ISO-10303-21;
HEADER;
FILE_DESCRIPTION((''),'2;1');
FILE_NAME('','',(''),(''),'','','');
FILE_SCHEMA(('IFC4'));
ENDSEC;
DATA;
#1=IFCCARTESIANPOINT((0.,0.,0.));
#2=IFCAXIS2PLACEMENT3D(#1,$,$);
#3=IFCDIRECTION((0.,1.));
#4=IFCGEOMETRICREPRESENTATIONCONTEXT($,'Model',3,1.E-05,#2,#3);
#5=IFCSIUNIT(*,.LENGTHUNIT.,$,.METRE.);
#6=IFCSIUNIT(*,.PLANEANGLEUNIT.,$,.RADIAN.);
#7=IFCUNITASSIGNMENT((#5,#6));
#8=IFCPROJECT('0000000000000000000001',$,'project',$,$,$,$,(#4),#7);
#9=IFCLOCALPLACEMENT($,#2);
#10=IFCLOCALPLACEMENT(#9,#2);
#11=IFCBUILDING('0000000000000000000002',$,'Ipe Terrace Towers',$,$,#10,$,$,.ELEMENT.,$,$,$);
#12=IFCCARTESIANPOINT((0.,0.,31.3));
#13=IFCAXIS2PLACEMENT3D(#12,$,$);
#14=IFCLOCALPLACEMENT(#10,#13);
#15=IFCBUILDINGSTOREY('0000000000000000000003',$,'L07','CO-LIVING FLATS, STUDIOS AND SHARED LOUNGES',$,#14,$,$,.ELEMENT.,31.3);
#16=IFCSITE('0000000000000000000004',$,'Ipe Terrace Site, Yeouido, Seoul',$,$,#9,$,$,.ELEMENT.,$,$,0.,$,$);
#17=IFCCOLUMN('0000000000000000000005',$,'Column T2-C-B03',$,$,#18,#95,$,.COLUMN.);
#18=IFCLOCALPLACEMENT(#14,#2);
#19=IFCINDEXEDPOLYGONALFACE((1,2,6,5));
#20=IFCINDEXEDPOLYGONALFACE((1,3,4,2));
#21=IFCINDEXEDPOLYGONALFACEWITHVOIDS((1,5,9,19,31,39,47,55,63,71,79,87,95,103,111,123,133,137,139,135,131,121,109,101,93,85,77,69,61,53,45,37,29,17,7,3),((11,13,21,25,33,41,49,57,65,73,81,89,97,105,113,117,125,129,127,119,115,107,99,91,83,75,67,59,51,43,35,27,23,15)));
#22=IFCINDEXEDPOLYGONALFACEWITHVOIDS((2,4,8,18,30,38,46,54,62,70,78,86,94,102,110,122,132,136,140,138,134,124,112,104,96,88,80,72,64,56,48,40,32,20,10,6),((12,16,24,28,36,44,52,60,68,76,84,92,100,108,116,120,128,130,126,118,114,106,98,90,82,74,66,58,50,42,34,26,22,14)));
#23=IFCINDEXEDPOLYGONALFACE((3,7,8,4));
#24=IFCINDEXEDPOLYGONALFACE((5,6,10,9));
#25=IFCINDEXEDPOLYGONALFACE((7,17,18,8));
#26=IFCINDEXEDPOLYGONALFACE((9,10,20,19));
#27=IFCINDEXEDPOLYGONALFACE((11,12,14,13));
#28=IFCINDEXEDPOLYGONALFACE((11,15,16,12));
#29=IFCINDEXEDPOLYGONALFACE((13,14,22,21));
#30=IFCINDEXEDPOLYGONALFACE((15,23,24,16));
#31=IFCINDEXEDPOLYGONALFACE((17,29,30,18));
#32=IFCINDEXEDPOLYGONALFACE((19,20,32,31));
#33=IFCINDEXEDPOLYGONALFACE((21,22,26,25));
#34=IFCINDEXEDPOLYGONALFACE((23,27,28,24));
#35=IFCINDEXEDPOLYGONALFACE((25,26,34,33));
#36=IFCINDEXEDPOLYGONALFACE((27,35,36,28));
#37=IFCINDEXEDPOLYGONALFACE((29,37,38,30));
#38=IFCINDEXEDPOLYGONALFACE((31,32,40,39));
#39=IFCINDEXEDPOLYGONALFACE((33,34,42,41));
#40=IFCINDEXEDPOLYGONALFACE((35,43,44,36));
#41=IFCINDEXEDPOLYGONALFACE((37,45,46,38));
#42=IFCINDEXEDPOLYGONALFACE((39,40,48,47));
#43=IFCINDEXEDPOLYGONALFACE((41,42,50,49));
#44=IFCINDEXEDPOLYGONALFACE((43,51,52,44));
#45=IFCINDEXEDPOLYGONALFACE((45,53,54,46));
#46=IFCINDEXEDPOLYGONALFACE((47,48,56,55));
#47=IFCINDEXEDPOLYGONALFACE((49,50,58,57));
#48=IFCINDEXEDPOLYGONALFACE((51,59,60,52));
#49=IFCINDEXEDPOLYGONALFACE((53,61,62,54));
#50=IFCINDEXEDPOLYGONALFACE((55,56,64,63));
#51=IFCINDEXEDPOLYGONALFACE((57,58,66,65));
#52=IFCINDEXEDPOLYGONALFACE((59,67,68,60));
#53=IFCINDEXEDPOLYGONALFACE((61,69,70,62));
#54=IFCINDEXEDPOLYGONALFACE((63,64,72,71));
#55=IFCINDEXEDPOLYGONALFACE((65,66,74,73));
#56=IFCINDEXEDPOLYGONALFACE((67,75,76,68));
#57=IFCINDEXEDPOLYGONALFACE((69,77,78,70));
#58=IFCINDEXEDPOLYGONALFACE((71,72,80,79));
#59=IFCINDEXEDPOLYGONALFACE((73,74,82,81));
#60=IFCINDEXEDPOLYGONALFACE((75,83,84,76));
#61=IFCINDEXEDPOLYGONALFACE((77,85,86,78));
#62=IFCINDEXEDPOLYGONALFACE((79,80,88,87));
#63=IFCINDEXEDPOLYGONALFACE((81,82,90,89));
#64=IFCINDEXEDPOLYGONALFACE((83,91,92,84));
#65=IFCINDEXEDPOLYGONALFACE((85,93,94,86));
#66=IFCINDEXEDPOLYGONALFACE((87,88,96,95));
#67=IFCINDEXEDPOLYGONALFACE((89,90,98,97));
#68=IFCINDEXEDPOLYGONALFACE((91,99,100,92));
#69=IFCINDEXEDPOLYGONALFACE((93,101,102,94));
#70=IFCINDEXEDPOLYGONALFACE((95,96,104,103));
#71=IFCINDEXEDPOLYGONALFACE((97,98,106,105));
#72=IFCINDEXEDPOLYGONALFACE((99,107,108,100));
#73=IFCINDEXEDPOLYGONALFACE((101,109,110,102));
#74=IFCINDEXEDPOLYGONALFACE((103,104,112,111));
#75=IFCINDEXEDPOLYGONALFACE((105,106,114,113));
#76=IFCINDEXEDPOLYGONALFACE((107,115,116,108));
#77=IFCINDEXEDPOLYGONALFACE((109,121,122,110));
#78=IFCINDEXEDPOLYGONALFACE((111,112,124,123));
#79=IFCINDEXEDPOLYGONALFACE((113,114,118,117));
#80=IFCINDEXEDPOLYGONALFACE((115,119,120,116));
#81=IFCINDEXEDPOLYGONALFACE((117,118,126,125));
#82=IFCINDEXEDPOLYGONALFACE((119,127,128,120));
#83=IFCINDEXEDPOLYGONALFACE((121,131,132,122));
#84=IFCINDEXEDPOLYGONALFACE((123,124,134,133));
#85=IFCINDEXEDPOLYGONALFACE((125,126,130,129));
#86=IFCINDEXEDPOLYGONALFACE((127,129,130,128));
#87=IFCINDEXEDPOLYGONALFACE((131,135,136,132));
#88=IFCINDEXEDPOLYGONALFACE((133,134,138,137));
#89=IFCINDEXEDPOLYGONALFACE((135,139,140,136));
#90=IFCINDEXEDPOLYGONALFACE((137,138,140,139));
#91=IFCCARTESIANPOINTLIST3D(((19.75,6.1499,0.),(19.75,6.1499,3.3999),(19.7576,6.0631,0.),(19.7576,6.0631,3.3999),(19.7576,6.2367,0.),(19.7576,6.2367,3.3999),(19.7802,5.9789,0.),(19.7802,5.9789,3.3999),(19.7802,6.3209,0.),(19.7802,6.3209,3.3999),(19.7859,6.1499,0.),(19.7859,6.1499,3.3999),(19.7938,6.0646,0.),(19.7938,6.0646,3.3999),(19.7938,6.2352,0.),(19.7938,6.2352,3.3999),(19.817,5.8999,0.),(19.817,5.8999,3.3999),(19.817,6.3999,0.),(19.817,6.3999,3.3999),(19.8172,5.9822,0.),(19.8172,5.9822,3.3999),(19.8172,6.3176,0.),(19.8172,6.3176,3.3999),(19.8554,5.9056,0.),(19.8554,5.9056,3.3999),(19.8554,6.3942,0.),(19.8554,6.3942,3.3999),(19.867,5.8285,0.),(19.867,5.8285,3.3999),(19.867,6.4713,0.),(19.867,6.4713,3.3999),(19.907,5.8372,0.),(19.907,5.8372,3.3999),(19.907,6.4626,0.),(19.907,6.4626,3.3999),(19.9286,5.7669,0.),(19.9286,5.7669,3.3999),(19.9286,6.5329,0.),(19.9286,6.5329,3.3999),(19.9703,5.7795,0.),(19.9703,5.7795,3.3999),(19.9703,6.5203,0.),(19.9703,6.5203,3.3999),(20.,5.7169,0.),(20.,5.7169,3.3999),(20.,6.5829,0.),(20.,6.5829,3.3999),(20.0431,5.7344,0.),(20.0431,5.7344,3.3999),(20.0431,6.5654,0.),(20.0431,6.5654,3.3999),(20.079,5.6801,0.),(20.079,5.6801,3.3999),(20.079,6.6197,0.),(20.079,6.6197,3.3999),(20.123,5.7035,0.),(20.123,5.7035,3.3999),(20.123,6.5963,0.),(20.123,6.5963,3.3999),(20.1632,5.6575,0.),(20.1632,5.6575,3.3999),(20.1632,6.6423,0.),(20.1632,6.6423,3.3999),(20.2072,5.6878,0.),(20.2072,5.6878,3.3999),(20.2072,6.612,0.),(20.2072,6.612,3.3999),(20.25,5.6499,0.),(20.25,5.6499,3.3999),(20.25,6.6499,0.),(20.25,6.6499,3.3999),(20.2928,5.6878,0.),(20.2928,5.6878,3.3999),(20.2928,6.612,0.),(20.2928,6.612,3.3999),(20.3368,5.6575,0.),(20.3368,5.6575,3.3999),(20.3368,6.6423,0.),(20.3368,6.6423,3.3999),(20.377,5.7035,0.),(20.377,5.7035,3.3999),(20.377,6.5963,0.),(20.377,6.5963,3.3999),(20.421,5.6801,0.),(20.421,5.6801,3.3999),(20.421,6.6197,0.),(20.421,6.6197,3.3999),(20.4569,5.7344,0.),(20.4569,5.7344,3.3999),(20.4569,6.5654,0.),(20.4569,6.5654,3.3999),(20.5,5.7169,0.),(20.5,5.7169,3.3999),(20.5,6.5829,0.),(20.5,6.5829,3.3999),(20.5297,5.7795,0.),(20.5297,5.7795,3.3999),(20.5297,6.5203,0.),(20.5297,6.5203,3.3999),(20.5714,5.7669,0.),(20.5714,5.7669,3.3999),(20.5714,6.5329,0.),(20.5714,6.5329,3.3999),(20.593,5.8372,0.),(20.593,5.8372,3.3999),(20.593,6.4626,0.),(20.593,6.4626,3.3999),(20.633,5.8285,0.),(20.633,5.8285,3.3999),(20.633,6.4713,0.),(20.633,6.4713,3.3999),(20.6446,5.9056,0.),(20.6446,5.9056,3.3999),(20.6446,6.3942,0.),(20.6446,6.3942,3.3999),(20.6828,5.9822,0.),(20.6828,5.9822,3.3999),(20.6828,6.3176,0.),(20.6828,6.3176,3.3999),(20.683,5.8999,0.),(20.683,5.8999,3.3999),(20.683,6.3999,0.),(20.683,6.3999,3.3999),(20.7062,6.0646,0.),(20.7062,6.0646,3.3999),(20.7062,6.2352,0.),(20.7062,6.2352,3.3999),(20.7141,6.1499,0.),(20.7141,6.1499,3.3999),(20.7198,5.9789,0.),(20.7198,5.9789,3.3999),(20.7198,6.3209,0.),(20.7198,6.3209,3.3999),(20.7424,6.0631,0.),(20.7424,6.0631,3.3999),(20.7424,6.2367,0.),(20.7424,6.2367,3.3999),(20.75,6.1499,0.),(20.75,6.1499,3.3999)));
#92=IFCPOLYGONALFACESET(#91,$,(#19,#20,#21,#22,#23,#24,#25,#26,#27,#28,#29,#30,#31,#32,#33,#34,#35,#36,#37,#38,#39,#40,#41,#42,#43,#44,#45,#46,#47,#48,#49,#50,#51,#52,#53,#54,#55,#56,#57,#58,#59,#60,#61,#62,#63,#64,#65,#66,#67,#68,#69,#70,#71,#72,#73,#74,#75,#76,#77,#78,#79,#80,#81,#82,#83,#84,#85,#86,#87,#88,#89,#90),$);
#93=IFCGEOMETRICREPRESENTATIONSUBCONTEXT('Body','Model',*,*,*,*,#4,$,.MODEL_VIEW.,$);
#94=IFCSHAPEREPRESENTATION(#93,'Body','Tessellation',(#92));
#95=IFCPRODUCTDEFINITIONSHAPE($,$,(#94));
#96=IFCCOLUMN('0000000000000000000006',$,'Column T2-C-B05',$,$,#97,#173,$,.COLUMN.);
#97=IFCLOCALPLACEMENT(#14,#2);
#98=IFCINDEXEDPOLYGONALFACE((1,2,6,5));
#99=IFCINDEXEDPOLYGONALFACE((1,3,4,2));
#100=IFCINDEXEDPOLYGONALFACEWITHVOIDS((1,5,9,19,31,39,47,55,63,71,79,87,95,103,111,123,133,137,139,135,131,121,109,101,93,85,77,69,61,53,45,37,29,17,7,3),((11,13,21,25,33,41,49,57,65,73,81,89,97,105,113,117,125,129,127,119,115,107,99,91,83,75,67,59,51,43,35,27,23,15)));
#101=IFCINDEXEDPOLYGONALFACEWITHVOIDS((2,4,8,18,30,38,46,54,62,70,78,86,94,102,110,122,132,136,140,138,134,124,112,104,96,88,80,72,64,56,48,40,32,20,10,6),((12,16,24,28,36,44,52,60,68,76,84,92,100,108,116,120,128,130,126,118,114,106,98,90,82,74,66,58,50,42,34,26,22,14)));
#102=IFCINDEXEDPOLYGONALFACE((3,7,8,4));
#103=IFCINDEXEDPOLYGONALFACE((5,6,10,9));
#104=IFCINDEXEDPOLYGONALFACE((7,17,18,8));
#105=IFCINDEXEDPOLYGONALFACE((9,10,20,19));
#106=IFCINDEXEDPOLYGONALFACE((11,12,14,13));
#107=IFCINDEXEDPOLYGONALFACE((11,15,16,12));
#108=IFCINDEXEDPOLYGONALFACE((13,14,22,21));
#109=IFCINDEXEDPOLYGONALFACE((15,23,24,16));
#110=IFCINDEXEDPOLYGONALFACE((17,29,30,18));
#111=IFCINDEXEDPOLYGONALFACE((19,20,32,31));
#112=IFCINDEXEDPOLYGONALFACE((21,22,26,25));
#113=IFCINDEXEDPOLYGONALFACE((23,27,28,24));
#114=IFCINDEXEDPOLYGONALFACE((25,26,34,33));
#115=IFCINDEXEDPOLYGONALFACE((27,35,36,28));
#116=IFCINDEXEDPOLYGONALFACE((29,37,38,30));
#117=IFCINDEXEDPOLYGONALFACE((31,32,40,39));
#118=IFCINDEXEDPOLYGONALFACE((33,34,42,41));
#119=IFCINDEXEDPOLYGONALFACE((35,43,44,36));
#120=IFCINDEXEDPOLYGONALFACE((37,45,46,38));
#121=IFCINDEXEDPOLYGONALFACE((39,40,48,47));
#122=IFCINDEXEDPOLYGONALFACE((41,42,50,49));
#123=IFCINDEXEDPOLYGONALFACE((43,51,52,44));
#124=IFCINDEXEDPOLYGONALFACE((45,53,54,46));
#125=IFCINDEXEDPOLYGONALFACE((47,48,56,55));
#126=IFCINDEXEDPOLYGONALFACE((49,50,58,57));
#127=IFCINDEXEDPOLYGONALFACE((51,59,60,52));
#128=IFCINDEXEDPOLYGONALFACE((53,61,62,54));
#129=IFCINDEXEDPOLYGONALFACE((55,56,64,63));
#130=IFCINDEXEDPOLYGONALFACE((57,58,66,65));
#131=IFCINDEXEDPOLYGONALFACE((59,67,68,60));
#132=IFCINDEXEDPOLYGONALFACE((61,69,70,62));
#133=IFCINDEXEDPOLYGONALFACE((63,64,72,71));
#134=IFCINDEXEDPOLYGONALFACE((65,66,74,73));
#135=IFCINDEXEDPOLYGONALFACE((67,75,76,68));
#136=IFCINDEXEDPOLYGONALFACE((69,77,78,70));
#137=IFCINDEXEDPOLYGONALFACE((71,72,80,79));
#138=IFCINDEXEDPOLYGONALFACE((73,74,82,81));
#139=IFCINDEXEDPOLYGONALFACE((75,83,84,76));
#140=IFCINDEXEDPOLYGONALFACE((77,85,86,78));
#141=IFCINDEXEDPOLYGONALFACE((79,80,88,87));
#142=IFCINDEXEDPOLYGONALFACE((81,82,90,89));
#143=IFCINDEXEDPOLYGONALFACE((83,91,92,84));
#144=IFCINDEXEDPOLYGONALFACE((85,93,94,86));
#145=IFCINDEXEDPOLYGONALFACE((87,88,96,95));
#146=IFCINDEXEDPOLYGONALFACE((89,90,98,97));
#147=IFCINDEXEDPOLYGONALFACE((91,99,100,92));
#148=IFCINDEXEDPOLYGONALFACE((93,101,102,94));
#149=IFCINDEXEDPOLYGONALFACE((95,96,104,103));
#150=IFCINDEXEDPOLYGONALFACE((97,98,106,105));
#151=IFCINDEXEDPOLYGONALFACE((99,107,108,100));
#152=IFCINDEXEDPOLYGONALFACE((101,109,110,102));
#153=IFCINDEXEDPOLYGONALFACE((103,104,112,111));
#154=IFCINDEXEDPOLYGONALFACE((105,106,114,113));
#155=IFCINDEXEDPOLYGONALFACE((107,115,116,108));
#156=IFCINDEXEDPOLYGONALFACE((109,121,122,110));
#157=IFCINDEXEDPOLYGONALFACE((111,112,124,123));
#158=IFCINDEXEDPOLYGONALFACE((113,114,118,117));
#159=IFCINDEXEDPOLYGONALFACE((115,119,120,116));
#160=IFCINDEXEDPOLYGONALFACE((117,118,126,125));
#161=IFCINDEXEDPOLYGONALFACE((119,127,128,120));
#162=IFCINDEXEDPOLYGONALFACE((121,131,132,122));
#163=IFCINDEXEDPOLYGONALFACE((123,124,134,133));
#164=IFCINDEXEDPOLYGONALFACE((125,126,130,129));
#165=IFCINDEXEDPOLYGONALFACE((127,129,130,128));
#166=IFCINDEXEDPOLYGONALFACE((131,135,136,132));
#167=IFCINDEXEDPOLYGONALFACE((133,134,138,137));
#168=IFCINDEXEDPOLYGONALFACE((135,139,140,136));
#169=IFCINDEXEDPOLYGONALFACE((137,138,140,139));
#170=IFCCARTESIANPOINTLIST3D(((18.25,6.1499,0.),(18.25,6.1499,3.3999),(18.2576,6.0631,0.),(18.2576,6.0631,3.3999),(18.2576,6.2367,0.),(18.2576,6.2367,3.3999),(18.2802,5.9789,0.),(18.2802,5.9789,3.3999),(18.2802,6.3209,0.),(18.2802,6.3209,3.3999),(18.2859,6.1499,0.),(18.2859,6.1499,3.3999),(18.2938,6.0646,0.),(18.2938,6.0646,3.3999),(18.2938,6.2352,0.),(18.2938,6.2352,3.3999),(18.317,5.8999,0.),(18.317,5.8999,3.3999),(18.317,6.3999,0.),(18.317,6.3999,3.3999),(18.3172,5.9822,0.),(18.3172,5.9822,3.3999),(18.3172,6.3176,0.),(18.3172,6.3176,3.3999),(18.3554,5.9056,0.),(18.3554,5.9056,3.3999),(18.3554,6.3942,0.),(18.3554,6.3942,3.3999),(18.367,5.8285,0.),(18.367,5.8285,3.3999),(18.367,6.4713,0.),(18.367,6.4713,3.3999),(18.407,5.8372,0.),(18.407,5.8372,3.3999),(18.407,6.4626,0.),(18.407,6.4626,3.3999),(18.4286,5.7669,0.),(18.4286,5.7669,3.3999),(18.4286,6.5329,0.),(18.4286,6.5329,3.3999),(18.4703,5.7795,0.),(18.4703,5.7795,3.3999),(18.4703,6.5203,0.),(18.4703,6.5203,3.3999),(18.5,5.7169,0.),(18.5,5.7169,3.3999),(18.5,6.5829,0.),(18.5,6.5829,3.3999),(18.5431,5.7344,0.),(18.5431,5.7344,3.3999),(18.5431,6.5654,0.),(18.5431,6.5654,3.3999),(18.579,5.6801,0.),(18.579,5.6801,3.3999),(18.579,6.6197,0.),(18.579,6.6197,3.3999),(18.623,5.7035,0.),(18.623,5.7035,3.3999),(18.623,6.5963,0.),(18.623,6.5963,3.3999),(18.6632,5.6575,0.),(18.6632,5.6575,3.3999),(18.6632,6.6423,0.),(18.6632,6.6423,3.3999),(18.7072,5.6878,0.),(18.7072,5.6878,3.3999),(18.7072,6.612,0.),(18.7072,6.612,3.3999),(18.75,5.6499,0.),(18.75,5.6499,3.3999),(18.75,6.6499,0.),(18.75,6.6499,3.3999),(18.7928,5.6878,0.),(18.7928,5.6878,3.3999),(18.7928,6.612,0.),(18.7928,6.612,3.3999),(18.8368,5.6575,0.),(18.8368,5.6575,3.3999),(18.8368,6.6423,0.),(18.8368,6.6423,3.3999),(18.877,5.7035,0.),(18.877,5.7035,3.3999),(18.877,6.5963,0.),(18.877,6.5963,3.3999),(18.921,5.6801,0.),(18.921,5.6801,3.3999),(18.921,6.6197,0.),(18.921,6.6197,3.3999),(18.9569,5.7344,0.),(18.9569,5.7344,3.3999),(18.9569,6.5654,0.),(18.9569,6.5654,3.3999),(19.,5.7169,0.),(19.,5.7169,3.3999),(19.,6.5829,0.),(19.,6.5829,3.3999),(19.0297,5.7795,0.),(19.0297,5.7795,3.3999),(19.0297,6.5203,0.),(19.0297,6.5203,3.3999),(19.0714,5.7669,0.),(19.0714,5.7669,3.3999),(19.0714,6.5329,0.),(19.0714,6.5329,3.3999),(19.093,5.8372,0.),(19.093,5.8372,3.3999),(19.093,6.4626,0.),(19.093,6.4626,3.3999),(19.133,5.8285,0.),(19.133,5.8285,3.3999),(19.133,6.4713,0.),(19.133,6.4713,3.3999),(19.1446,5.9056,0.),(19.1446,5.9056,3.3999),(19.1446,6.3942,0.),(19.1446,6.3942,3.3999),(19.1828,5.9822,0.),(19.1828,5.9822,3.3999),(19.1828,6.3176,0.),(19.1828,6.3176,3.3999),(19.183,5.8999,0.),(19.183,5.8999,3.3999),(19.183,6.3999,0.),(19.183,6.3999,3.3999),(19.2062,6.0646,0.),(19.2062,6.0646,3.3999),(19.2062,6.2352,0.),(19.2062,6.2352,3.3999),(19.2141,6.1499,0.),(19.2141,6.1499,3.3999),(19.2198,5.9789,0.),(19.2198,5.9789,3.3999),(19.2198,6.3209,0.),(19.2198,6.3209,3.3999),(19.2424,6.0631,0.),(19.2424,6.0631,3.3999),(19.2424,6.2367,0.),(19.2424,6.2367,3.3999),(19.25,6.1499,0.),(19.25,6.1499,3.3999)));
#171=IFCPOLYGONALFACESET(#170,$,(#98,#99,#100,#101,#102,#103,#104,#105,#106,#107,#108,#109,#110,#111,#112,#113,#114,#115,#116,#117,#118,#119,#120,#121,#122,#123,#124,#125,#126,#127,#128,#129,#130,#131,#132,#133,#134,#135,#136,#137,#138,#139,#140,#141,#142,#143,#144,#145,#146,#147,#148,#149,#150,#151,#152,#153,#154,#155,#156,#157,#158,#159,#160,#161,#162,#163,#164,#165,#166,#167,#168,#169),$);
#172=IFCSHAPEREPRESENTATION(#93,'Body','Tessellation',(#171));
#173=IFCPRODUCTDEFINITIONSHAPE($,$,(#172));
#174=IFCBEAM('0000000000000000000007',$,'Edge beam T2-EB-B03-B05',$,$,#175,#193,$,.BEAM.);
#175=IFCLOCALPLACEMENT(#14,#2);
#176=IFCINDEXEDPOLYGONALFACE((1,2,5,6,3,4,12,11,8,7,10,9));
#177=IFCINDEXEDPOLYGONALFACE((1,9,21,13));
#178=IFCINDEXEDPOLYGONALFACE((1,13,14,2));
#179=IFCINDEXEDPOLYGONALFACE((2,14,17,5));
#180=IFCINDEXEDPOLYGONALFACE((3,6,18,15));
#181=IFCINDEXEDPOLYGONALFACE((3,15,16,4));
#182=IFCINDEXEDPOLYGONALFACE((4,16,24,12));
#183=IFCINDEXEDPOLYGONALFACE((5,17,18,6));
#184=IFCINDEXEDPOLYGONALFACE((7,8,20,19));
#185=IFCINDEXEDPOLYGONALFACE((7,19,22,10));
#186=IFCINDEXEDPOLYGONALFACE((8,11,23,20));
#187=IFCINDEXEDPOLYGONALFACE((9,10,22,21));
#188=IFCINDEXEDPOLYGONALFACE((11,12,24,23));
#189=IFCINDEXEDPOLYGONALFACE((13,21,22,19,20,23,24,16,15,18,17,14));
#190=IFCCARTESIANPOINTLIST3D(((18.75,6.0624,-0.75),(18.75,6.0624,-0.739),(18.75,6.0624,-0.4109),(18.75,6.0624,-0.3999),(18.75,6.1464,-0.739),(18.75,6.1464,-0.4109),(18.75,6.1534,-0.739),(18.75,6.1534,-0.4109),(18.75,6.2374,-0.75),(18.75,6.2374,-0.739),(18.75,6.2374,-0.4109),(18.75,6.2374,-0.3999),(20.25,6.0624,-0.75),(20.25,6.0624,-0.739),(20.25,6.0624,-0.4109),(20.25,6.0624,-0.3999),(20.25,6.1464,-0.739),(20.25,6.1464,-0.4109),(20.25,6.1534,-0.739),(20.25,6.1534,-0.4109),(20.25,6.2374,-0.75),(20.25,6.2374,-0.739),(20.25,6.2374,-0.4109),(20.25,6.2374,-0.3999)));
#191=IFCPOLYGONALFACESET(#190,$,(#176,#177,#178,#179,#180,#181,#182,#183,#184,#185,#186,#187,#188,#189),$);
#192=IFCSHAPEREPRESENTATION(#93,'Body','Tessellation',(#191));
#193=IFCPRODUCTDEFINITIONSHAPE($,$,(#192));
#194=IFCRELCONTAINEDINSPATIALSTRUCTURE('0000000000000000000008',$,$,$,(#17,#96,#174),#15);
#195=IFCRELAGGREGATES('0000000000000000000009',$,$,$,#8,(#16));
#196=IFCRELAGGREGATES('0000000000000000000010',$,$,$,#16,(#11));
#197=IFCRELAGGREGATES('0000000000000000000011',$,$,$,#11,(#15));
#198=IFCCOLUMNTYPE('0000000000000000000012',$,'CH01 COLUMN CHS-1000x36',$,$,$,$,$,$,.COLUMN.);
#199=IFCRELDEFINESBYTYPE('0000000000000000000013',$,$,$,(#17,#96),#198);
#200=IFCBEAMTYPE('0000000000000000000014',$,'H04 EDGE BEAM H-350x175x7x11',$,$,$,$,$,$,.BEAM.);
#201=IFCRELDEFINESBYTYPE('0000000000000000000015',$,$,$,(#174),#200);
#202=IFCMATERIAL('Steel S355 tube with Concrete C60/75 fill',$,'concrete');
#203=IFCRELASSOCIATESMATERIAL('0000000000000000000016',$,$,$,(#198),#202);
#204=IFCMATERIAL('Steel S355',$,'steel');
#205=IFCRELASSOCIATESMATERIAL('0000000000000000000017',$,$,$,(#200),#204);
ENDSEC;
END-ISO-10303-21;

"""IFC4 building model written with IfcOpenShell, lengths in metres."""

from ifc_helpers import new_model, si_unit, direction, frame, origin, origin_2d, place, context, subcontext, project, spatial, hollow_circle, i_section, extrude, material, material_profile, profile_set, type_object, element, save


model = new_model("IFC4")

# Units and contexts
model_context = context("Model", 3, precision=1e-05, world=origin(), true_north=direction((0.0, 1.0)))
body_context = subcontext(model_context, "Body", "Model", "MODEL_VIEW")
ifc_project = project(units=[si_unit("LENGTHUNIT", "METRE"), si_unit("PLANEANGLEUNIT", "RADIAN")], contexts=[model_context])

# Site, building, storey
site_placement = place(None, origin())
site = spatial("IfcSite", under=ifc_project, at=site_placement, Name="Ipe Terrace Site, Yeouido, Seoul", CompositionType="ELEMENT", RefElevation=0.0)
building_placement = place(site_placement, origin())
building = spatial("IfcBuilding", under=site, at=building_placement, Name="Ipe Terrace Towers", CompositionType="ELEMENT")
storey_placement = place(building_placement, frame((0.0, 0.0, 31.3)))
storey = spatial("IfcBuildingStorey", under=building, at=storey_placement, Name="L07", Description="CO-LIVING FLATS, STUDIOS AND SHARED LOUNGES", CompositionType="ELEMENT", Elevation=31.3)

# Columns
ifc_material_1 = material(Name="Steel S355 tube with Concrete C60/75 fill", Category="concrete")
ifc_material_profile_1 = material_profile(ifc_material_1, hollow_circle(Radius=0.5, WallThickness=0.0359, at=origin_2d()), Name="CHS-1000x36")
ifc_profile_set_1 = profile_set([ifc_material_profile_1], Name="Steel S355 tube with Concrete C60/75 fill")
column_type = type_object("IfcColumnType", Name="CH01 COLUMN CHS-1000x36", PredefinedType="COLUMN", material=ifc_profile_set_1)
for number, where, z_axis, x_axis, name in (
    (1, (20.25, 6.1499, 0.0), (0.0, 0.0, 1.0), (1.0, 0.0, 0.0), "Column T2-C-B03"),
    (2, (18.75, 6.1499, 0.0), (0.0, 0.0, 1.0), (1.0, 0.0, 0.0), "Column T2-C-B05"),
):
    element("IfcColumn", number, at=place(storey_placement, frame(where, z_axis=z_axis, x_axis=x_axis)), inside=storey, type_object=column_type, Name=name, PredefinedType="COLUMN", context=body_context, shape_type="SweptSolid", body=[
        extrude(hollow_circle(Radius=0.5, WallThickness=0.0359, at=origin_2d()), origin(), (0.0, 0.0, 1.0), 3.3999),
    ])

# Beam
ifc_material_2 = material(Name="Steel S355", Category="steel")
ifc_material_profile_2 = material_profile(ifc_material_2, i_section(OverallWidth=0.175, OverallDepth=0.3501, WebThickness=0.0071, FlangeThickness=0.011, at=origin_2d()), Name="H-350x175x7x11")
ifc_profile_set_2 = profile_set([ifc_material_profile_2], Name="Steel S355")
beam_type = type_object("IfcBeamType", Name="H04 EDGE BEAM H-350x175x7x11", PredefinedType="BEAM", material=ifc_profile_set_2)
beam_placement = place(storey_placement, frame((20.25, 6.1499, -0.575), z_axis=(-1.0, 0.0, 0.0), x_axis=(0.0, -1.0, 0.0)))
element("IfcBeam", 3, at=beam_placement, inside=storey, type_object=beam_type, Name="Edge beam T2-EB-B03-B05", PredefinedType="BEAM", context=body_context, shape_type="SweptSolid", body=[
    extrude(i_section(OverallWidth=0.175, OverallDepth=0.3501, WebThickness=0.0071, FlangeThickness=0.011, at=origin_2d()), origin(), (0.0, 0.0, 1.0), 1.5),
])

save(model, "model.ifc")
